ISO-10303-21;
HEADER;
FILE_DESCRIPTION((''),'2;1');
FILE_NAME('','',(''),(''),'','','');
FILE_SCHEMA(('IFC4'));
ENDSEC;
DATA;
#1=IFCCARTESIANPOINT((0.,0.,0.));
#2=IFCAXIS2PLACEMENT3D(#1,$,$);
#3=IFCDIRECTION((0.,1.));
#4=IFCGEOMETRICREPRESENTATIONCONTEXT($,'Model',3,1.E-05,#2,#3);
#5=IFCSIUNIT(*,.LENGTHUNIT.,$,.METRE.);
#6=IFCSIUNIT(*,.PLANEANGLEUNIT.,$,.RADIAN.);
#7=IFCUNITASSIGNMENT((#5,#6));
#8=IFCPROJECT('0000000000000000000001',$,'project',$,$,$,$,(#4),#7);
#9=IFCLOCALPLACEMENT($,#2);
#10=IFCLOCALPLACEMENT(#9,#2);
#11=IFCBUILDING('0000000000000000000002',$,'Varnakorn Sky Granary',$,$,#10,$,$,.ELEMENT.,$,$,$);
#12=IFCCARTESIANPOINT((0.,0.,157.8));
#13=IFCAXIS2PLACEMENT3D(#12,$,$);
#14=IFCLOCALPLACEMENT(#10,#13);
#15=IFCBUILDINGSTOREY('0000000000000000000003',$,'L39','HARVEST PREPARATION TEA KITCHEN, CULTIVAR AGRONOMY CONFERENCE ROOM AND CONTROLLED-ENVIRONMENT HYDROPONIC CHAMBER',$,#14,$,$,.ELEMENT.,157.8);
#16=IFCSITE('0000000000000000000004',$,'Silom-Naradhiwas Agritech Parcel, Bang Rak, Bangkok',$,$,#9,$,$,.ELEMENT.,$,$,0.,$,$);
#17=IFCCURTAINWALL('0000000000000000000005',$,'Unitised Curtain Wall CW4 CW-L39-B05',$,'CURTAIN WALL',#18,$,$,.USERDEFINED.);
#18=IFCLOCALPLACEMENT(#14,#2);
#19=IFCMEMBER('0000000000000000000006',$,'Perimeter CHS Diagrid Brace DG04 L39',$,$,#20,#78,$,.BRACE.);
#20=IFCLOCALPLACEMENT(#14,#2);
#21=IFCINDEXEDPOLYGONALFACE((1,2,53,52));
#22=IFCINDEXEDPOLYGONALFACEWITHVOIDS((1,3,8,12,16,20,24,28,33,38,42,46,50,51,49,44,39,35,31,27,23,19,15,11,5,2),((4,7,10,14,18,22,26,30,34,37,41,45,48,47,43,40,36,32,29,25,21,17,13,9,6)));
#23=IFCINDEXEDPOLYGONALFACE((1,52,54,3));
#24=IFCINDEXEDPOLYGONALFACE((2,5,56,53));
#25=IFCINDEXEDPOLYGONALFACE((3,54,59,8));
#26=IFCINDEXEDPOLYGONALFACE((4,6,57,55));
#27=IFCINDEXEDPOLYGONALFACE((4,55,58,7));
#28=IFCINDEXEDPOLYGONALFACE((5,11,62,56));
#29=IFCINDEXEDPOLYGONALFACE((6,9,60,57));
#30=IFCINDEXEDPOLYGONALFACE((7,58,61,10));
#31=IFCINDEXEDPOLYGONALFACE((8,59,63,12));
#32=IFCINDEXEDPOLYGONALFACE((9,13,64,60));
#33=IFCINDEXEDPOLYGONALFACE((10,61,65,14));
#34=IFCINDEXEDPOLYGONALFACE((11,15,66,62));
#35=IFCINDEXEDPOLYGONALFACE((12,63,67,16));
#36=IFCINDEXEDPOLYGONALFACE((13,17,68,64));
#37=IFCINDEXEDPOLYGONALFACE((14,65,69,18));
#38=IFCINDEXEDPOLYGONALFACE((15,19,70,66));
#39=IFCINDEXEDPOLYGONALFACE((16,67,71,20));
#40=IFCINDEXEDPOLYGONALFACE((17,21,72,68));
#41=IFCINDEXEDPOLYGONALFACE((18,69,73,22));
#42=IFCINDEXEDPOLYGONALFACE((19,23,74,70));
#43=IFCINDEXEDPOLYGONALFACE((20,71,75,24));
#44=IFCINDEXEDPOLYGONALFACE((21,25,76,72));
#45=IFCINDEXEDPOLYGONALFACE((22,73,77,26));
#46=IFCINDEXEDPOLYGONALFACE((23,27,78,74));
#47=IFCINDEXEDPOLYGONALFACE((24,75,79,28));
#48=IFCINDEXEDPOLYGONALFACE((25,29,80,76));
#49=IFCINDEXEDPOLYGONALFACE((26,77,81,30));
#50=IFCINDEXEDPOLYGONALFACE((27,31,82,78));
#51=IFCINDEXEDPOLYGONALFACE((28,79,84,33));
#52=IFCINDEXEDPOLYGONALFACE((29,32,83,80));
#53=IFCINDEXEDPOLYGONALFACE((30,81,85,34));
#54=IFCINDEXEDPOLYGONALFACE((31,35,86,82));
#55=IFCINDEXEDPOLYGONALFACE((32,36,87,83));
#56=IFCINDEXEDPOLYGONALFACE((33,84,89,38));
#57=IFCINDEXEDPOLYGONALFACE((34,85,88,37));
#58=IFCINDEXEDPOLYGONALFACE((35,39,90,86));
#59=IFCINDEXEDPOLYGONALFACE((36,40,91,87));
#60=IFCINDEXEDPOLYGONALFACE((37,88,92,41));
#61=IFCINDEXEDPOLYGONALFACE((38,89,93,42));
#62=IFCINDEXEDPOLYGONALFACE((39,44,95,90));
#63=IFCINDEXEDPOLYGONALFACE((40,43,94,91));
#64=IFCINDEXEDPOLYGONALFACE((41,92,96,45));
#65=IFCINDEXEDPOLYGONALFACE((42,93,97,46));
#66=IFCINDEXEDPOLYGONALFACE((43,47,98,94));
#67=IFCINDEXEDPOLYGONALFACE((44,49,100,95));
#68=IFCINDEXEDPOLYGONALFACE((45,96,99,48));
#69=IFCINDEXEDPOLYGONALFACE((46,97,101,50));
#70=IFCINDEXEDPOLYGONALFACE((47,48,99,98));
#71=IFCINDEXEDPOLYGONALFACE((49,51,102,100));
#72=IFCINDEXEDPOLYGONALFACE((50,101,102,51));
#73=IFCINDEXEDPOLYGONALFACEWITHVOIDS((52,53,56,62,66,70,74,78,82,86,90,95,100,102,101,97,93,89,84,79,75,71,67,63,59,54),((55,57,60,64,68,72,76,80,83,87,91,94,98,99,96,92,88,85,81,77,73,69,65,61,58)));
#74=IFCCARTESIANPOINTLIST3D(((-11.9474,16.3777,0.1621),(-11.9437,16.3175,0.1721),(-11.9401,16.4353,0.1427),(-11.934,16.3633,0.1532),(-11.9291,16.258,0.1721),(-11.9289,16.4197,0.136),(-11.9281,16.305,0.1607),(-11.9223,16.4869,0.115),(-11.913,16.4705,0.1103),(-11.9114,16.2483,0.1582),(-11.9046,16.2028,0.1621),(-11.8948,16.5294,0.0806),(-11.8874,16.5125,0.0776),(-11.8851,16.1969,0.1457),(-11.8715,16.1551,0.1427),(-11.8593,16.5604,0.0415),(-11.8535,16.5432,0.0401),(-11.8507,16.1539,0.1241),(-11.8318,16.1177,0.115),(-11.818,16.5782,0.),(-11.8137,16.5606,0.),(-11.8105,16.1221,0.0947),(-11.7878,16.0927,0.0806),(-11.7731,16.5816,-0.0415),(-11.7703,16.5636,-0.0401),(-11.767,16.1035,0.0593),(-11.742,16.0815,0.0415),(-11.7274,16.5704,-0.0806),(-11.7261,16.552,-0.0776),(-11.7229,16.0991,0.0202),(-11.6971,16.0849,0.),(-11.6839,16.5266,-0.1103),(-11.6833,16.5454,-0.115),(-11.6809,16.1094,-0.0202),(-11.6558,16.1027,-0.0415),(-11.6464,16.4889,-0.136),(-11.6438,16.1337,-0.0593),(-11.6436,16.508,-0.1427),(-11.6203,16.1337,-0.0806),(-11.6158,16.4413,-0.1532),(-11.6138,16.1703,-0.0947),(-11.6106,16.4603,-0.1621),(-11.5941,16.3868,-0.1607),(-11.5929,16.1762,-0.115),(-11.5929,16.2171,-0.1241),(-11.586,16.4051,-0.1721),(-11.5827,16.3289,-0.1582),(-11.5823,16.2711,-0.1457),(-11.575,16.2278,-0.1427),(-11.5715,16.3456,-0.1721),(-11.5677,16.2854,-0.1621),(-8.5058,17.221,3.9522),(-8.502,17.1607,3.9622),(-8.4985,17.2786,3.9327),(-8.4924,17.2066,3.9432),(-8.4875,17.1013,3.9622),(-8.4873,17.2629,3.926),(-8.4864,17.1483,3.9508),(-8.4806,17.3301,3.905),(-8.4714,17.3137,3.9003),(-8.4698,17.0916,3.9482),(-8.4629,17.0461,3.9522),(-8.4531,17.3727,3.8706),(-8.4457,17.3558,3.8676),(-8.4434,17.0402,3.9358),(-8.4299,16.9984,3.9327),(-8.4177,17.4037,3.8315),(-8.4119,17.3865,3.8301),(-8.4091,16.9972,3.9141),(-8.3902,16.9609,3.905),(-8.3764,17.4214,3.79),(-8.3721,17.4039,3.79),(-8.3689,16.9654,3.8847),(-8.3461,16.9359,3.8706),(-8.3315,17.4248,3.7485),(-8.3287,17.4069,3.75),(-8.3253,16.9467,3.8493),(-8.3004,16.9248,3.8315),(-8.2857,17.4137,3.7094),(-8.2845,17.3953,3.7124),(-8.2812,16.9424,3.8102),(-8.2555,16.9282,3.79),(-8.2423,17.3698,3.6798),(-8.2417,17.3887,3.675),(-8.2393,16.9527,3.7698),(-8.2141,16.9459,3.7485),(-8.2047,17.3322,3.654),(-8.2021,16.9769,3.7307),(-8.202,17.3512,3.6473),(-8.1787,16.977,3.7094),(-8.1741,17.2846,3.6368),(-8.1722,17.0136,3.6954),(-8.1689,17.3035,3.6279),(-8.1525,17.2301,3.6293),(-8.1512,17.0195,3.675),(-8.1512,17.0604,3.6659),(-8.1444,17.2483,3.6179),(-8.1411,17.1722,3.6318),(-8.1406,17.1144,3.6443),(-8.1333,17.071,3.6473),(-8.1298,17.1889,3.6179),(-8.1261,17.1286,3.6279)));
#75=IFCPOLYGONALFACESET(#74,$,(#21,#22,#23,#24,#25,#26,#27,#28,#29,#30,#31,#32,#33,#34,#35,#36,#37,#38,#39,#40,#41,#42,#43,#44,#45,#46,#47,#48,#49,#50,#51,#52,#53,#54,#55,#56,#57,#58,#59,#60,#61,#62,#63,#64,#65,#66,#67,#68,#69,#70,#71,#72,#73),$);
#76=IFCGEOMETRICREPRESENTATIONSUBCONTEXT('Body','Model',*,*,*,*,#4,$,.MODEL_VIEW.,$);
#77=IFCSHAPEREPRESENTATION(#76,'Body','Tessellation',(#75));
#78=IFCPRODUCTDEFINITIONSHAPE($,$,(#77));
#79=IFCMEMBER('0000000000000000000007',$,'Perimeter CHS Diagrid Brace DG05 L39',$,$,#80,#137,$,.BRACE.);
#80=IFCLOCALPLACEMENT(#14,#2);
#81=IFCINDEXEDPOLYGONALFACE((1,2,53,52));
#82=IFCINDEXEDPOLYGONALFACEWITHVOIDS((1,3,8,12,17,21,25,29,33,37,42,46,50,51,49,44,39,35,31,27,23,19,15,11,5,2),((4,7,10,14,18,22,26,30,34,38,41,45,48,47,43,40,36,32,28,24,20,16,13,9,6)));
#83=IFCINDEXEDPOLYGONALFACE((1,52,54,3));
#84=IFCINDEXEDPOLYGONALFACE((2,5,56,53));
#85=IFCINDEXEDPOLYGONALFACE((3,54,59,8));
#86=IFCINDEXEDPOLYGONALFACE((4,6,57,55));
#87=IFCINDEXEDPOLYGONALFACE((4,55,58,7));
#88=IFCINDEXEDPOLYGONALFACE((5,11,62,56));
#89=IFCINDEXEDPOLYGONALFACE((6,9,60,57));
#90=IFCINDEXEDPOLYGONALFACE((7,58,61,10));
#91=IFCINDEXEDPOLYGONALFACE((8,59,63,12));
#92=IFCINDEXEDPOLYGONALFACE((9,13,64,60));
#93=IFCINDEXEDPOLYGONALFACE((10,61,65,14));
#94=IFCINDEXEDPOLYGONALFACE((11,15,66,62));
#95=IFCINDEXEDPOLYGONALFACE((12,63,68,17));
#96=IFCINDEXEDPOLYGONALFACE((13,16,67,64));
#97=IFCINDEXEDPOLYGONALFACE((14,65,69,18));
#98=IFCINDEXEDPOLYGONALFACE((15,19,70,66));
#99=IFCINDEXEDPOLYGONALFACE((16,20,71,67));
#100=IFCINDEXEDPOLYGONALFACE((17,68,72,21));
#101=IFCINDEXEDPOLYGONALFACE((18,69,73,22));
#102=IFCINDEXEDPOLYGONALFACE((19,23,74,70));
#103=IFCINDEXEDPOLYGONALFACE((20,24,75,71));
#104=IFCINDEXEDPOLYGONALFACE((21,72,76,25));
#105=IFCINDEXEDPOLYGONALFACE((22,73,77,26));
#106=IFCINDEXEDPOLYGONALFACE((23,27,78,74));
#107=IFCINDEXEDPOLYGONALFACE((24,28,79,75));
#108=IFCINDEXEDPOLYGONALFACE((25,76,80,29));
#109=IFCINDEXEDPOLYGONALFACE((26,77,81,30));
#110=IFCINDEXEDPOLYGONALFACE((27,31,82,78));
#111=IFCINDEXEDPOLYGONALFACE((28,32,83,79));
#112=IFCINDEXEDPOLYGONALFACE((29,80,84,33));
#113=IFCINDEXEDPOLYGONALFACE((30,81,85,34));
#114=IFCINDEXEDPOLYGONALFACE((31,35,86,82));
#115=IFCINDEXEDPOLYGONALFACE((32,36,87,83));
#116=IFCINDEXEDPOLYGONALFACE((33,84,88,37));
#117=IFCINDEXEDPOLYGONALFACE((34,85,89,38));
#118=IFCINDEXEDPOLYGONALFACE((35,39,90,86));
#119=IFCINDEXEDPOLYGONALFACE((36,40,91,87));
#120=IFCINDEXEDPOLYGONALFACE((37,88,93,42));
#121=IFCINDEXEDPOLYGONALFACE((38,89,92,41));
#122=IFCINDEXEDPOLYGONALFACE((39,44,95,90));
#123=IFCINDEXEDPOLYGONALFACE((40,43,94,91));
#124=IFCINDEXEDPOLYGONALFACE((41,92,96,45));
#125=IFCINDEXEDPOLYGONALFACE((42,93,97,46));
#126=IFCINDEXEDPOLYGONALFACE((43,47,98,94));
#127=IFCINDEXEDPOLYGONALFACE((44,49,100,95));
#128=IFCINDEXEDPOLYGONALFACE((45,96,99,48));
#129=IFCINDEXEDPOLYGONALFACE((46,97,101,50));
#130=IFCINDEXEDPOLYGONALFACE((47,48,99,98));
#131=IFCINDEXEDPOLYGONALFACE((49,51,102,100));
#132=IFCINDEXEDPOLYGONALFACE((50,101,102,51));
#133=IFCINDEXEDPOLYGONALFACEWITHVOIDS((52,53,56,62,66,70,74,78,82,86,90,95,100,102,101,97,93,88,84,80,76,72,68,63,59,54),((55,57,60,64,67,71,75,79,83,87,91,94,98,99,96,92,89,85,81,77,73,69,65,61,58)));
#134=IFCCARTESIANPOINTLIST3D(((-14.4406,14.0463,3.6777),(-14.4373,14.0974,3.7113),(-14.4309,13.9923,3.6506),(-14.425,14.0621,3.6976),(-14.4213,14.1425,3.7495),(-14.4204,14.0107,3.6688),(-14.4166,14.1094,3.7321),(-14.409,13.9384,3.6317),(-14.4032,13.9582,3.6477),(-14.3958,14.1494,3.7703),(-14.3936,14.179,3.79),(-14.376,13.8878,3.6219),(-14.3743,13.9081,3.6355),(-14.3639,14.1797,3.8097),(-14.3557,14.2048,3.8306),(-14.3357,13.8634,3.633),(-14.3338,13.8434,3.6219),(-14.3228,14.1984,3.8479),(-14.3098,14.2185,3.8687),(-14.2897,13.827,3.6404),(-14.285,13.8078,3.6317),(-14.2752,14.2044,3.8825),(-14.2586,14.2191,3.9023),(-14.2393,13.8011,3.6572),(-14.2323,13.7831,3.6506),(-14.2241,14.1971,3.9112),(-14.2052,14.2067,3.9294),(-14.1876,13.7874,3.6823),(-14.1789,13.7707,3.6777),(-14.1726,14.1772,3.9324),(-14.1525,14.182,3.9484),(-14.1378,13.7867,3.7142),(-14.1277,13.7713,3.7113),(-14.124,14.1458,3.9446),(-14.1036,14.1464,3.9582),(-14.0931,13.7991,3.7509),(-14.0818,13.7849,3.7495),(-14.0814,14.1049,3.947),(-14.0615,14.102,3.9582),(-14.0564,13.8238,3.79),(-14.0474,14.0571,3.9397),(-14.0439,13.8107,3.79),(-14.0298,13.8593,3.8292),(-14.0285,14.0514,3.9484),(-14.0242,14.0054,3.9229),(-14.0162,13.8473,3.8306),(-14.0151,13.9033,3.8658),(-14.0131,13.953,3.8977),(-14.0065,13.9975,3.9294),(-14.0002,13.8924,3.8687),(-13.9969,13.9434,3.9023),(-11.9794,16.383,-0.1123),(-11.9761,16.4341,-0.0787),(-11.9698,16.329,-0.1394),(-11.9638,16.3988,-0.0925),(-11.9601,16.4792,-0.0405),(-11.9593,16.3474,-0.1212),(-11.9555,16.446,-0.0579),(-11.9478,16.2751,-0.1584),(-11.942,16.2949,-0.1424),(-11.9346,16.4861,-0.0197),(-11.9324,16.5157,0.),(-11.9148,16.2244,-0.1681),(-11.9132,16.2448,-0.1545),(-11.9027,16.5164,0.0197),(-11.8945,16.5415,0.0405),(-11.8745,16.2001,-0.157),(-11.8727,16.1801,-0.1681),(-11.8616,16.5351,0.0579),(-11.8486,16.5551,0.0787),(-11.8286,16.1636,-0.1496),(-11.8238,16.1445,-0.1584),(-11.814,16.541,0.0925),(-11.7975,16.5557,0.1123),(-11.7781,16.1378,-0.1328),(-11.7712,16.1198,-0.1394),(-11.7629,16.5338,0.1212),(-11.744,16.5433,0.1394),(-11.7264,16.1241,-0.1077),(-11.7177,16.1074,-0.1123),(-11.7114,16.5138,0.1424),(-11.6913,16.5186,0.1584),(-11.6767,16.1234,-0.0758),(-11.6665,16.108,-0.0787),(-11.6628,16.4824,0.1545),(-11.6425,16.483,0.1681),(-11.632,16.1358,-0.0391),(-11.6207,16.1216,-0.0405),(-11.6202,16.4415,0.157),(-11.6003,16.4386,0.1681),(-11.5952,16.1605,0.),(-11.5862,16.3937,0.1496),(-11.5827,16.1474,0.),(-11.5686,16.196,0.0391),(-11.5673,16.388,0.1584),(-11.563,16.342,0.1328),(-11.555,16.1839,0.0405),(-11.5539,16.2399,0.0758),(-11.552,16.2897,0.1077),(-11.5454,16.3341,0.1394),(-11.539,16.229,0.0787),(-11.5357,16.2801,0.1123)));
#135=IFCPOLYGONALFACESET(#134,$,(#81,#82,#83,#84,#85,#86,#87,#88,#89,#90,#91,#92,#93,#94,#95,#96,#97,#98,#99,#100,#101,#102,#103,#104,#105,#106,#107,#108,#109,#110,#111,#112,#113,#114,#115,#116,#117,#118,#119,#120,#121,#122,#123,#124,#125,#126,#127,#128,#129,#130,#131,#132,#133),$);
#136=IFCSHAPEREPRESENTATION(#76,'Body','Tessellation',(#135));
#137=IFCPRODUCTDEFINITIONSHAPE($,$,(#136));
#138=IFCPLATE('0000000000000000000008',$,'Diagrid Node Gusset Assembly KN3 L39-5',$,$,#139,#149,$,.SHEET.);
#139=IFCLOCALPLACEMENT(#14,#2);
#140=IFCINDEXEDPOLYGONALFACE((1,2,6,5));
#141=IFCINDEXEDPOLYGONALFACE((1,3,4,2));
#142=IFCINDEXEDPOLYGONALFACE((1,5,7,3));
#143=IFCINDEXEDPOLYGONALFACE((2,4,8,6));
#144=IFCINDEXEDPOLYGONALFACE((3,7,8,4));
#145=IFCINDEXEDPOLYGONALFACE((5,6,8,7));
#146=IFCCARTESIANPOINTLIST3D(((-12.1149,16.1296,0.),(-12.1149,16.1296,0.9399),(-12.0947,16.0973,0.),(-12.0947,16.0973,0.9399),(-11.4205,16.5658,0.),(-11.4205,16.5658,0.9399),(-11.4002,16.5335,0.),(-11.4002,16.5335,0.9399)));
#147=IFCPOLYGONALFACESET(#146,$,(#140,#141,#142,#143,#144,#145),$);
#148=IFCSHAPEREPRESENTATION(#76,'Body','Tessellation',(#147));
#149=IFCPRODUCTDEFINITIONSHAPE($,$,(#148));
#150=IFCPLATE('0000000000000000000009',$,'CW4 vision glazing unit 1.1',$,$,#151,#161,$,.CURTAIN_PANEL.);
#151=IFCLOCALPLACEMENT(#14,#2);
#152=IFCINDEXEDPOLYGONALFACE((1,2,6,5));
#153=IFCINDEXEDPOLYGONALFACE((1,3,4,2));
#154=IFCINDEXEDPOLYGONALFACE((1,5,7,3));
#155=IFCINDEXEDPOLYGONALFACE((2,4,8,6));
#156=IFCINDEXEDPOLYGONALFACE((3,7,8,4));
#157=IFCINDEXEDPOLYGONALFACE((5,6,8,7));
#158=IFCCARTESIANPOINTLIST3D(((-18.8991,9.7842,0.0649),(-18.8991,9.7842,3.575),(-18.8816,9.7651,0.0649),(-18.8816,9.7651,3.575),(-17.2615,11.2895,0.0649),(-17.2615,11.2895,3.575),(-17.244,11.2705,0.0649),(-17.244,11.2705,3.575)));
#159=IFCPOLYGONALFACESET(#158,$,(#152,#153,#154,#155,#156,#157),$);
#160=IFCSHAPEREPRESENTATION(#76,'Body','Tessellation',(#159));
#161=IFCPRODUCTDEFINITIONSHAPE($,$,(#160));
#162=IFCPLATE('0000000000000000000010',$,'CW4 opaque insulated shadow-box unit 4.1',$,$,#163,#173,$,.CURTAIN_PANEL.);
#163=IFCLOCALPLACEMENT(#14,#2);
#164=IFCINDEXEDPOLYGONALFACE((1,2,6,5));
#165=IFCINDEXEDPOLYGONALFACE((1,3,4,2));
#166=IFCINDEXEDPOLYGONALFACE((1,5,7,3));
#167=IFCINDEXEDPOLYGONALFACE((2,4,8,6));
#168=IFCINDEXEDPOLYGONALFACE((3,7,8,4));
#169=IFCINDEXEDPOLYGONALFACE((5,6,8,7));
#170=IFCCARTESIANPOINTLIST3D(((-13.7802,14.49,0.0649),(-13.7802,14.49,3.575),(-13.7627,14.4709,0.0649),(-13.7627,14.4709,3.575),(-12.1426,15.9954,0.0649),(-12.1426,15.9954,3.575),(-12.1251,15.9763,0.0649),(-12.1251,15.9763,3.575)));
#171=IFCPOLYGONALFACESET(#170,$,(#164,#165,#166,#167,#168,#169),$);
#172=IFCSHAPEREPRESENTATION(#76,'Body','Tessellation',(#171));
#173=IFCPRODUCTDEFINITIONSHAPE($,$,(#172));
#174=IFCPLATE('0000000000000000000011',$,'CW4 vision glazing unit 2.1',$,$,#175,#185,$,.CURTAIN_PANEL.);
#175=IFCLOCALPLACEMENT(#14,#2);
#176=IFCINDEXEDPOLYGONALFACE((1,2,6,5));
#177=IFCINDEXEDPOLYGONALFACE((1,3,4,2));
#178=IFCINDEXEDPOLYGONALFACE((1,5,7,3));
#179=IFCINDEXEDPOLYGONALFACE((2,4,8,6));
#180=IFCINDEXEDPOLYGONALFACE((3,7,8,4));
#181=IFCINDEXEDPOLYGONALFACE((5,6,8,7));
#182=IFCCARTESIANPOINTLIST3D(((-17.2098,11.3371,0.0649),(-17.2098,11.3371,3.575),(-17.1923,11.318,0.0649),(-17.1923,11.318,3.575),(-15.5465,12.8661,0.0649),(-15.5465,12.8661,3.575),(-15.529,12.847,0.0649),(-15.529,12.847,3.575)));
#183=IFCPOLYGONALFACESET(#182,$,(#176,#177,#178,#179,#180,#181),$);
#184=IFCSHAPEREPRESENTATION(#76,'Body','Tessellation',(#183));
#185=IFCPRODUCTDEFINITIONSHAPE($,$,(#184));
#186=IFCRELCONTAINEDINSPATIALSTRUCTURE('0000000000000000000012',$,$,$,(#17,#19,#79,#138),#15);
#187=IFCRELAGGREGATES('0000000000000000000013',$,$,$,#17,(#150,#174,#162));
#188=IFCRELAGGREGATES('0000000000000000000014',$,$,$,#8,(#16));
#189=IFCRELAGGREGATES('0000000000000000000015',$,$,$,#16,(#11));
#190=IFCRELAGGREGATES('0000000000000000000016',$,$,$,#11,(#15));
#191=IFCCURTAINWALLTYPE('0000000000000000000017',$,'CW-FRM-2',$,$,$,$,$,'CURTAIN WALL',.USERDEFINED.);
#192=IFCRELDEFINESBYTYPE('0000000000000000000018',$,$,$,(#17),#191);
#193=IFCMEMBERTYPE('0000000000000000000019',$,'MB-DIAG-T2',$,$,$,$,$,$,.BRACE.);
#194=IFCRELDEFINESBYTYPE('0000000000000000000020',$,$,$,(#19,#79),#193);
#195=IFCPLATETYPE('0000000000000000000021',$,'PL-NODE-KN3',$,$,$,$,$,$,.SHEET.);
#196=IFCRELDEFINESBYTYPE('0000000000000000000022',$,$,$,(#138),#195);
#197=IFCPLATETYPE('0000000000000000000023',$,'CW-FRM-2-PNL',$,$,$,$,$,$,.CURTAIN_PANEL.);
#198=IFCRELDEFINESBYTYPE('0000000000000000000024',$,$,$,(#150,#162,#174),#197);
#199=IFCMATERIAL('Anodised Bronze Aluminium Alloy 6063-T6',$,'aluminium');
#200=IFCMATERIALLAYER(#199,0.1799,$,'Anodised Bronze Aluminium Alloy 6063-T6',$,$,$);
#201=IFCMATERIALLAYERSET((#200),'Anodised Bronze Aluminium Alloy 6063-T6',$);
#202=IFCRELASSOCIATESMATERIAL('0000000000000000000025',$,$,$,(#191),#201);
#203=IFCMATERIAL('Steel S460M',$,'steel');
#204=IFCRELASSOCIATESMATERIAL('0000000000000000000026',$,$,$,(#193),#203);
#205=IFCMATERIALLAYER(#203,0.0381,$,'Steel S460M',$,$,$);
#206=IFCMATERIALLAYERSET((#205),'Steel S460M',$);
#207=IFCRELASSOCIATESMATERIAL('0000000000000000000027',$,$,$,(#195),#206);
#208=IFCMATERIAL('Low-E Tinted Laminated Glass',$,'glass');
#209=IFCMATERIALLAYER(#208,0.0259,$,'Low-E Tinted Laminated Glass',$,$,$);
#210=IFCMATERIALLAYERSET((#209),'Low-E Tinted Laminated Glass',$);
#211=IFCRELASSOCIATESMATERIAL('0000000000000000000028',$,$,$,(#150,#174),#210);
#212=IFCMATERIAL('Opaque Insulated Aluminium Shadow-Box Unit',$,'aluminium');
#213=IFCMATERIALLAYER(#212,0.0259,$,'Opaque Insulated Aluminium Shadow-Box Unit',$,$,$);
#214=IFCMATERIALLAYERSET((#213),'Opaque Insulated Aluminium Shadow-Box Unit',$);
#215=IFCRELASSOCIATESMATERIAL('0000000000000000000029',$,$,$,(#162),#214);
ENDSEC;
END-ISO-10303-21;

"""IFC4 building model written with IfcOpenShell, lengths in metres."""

from ifc_helpers import new_model, si_unit, direction, frame, origin, origin_2d, place, context, subcontext, project, spatial, rectangle, hollow_circle, extrude, source, transform, mapped, material, layer, layer_set, material_profile, profile_set, type_object, element, aggregate, save


model = new_model("IFC4")

# Units and contexts
model_context = context("Model", 3, precision=1e-05, world=origin(), true_north=direction((0.0, 1.0)))
body_context = subcontext(model_context, "Body", "Model", "MODEL_VIEW")
ifc_project = project(units=[si_unit("LENGTHUNIT", "METRE"), si_unit("PLANEANGLEUNIT", "RADIAN")], contexts=[model_context])

# Site, building, storey
site_placement = place(None, origin())
site = spatial("IfcSite", under=ifc_project, at=site_placement, Name="Silom-Naradhiwas Agritech Parcel, Bang Rak, Bangkok", CompositionType="ELEMENT", RefElevation=0.0)
building_placement = place(site_placement, origin())
building = spatial("IfcBuilding", under=site, at=building_placement, Name="Varnakorn Sky Granary", CompositionType="ELEMENT")
storey_placement = place(building_placement, frame((0.0, 0.0, 157.8)))
storey = spatial("IfcBuildingStorey", under=building, at=storey_placement, Name="L39", Description="HARVEST PREPARATION TEA KITCHEN, CULTIVAR AGRONOMY CONFERENCE ROOM AND CONTROLLED-ENVIRONMENT HYDROPONIC CHAMBER", CompositionType="ELEMENT", Elevation=157.8)

# Shared definitions
ifc_material_1 = material(Name="Steel S460M", Category="steel")

# Curtain wall
ifc_material_2 = material(Name="Anodised Bronze Aluminium Alloy 6063-T6", Category="aluminium")
ifc_layer_1 = layer(ifc_material_2, 0.1799, Name="Anodised Bronze Aluminium Alloy 6063-T6")
ifc_layer_set_1 = layer_set([ifc_layer_1], Name="Anodised Bronze Aluminium Alloy 6063-T6")
curtain_wall_type = type_object("IfcCurtainWallType", Name="CW-FRM-2", ElementType="CURTAIN WALL", PredefinedType="USERDEFINED", material=ifc_layer_set_1)
curtain_wall_1_placement = place(storey_placement, origin())
curtain_wall_1 = element("IfcCurtainWall", 1, at=curtain_wall_1_placement, inside=storey, type_object=curtain_wall_type, Name="Unitised Curtain Wall CW4 CW-L39-B05", ObjectType="CURTAIN WALL", PredefinedType="USERDEFINED")

# Members
ifc_material_profile_1 = material_profile(ifc_material_1, hollow_circle(Radius=0.2539, WallThickness=0.0181, at=origin_2d()), Name="CHS 508x18")
ifc_profile_set_1 = profile_set([ifc_material_profile_1], Name="Steel S460M")
member_type_1 = type_object("IfcMemberType", Name="MB-DIAG-T2", PredefinedType="BRACE", material=ifc_profile_set_1)
member_1_placement = place(storey_placement, frame((-11.7576, 16.3315, 0.0), z_axis=(0.663324, 0.162525, 0.73047), x_axis=(-0.237978, 0.971271, 0.0)))
element("IfcMember", 2, at=member_1_placement, inside=storey, type_object=member_type_1, Name="Perimeter CHS Diagrid Brace DG04 L39", PredefinedType="BRACE", context=body_context, shape_type="SweptSolid", body=[
    extrude(hollow_circle(Radius=0.2539, WallThickness=0.0181, at=origin_2d()), origin(), (0.0, 0.0, 1.0), 5.1885),
])
member_2_placement = place(storey_placement, frame((-11.7576, 16.3315, 0.0), z_axis=(-0.483778, -0.459304, 0.744983), x_axis=(0.688524, -0.725213, 0.0)))
element("IfcMember", 3, at=member_2_placement, inside=storey, type_object=member_type_1, Name="Perimeter CHS Diagrid Brace DG05 L39", PredefinedType="BRACE", context=body_context, shape_type="SweptSolid", body=[
    extrude(hollow_circle(Radius=0.2539, WallThickness=0.0181, at=origin_2d()), origin(), (0.0, 0.0, 1.0), 5.0874),
])

# Plates
ifc_layer_2 = layer(ifc_material_1, 0.0381, Name="Steel S460M")
ifc_layer_set_2 = layer_set([ifc_layer_2], Name="Steel S460M")
plate_type_1 = type_object("IfcPlateType", Name="PL-NODE-KN3", PredefinedType="SHEET", material=ifc_layer_set_2)
plate_1_placement = place(storey_placement, frame((-11.7576, 16.3315, 0.0), z_axis=(0.0, 0.0, 1.0), x_axis=(-0.846824, -0.531874, 0.0)))
element("IfcPlate", 4, at=plate_1_placement, inside=storey, type_object=plate_type_1, Name="Diagrid Node Gusset Assembly KN3 L39-5", PredefinedType="SHEET", context=body_context, shape_type="SweptSolid", body=[
    extrude(rectangle(XDim=0.8201, YDim=0.0381, at=origin_2d()), origin(), (0.0, 0.0, 1.0), 0.9399),
])
ifc_material_3 = material(Name="Low-E Tinted Laminated Glass", Category="glass")
ifc_layer_3 = layer(ifc_material_3, 0.0259, Name="Low-E Tinted Laminated Glass")
ifc_layer_set_3 = layer_set([ifc_layer_3], Name="Low-E Tinted Laminated Glass")
plate_type_2 = type_object("IfcPlateType", Name="CW-FRM-2-PNL", PredefinedType="CURTAIN_PANEL")
shared_shape_1 = source(origin(), body_context, "Body", "SweptSolid", [
    extrude(rectangle(XDim=2.2244, YDim=0.0259, at=origin_2d()), origin(), (0.0, 0.0, 1.0), 3.51),
])
plate_2_placement = place(storey_placement, frame((-18.0715, 10.5273, 0.0649), z_axis=(0.0, 0.0, 1.0), x_axis=(0.736205, 0.676758, 0.0)))
plate_2 = element("IfcPlate", 5, at=plate_2_placement, type_object=plate_type_2, material=ifc_layer_set_3, Name="CW4 vision glazing unit 1.1", PredefinedType="CURTAIN_PANEL", context=body_context, shape_type="MappedRepresentation", body=[
    mapped(shared_shape_1, transform((0.0, 0.0, 0.0), x_axis=(1.0, 0.0, 0.0), y_axis=(0.0, 1.0, 0.0), z_axis=(0.0, 0.0, 1.0), scale=1.0)),
])
ifc_material_4 = material(Name="Opaque Insulated Aluminium Shadow-Box Unit", Category="aluminium")
ifc_layer_4 = layer(ifc_material_4, 0.0259, Name="Opaque Insulated Aluminium Shadow-Box Unit")
ifc_layer_set_4 = layer_set([ifc_layer_4], Name="Opaque Insulated Aluminium Shadow-Box Unit")
plate_3_placement = place(storey_placement, frame((-12.9526, 15.2332, 0.0649), z_axis=(0.0, 0.0, 1.0), x_axis=(0.736205, 0.676758, 0.0)))
plate_3 = element("IfcPlate", 6, at=plate_3_placement, type_object=plate_type_2, material=ifc_layer_set_4, Name="CW4 opaque insulated shadow-box unit 4.1", PredefinedType="CURTAIN_PANEL", context=body_context, shape_type="MappedRepresentation", body=[
    mapped(shared_shape_1, transform((0.0, 0.0, 0.0), x_axis=(1.0, 0.0, 0.0), y_axis=(0.0, 1.0, 0.0), z_axis=(0.0, 0.0, 1.0), scale=1.0)),
])
shared_shape_2 = source(origin(), body_context, "Body", "SweptSolid", [
    extrude(rectangle(XDim=2.2593, YDim=0.0259, at=origin_2d()), origin(), (0.0, 0.0, 1.0), 3.51),
])
plate_4_placement = place(storey_placement, frame((-16.3694, 12.092, 0.0649), z_axis=(0.0, 0.0, 1.0), x_axis=(0.736205, 0.676758, 0.0)))
plate_4 = element("IfcPlate", 7, at=plate_4_placement, type_object=plate_type_2, material=ifc_layer_set_3, Name="CW4 vision glazing unit 2.1", PredefinedType="CURTAIN_PANEL", context=body_context, shape_type="MappedRepresentation", body=[
    mapped(shared_shape_2, transform((0.0, 0.0, 0.0), x_axis=(1.0, 0.0, 0.0), y_axis=(0.0, 1.0, 0.0), z_axis=(0.0, 0.0, 1.0), scale=1.0)),
])
aggregate(curtain_wall_1, [plate_2, plate_4, plate_3])

save(model, "model.ifc")
